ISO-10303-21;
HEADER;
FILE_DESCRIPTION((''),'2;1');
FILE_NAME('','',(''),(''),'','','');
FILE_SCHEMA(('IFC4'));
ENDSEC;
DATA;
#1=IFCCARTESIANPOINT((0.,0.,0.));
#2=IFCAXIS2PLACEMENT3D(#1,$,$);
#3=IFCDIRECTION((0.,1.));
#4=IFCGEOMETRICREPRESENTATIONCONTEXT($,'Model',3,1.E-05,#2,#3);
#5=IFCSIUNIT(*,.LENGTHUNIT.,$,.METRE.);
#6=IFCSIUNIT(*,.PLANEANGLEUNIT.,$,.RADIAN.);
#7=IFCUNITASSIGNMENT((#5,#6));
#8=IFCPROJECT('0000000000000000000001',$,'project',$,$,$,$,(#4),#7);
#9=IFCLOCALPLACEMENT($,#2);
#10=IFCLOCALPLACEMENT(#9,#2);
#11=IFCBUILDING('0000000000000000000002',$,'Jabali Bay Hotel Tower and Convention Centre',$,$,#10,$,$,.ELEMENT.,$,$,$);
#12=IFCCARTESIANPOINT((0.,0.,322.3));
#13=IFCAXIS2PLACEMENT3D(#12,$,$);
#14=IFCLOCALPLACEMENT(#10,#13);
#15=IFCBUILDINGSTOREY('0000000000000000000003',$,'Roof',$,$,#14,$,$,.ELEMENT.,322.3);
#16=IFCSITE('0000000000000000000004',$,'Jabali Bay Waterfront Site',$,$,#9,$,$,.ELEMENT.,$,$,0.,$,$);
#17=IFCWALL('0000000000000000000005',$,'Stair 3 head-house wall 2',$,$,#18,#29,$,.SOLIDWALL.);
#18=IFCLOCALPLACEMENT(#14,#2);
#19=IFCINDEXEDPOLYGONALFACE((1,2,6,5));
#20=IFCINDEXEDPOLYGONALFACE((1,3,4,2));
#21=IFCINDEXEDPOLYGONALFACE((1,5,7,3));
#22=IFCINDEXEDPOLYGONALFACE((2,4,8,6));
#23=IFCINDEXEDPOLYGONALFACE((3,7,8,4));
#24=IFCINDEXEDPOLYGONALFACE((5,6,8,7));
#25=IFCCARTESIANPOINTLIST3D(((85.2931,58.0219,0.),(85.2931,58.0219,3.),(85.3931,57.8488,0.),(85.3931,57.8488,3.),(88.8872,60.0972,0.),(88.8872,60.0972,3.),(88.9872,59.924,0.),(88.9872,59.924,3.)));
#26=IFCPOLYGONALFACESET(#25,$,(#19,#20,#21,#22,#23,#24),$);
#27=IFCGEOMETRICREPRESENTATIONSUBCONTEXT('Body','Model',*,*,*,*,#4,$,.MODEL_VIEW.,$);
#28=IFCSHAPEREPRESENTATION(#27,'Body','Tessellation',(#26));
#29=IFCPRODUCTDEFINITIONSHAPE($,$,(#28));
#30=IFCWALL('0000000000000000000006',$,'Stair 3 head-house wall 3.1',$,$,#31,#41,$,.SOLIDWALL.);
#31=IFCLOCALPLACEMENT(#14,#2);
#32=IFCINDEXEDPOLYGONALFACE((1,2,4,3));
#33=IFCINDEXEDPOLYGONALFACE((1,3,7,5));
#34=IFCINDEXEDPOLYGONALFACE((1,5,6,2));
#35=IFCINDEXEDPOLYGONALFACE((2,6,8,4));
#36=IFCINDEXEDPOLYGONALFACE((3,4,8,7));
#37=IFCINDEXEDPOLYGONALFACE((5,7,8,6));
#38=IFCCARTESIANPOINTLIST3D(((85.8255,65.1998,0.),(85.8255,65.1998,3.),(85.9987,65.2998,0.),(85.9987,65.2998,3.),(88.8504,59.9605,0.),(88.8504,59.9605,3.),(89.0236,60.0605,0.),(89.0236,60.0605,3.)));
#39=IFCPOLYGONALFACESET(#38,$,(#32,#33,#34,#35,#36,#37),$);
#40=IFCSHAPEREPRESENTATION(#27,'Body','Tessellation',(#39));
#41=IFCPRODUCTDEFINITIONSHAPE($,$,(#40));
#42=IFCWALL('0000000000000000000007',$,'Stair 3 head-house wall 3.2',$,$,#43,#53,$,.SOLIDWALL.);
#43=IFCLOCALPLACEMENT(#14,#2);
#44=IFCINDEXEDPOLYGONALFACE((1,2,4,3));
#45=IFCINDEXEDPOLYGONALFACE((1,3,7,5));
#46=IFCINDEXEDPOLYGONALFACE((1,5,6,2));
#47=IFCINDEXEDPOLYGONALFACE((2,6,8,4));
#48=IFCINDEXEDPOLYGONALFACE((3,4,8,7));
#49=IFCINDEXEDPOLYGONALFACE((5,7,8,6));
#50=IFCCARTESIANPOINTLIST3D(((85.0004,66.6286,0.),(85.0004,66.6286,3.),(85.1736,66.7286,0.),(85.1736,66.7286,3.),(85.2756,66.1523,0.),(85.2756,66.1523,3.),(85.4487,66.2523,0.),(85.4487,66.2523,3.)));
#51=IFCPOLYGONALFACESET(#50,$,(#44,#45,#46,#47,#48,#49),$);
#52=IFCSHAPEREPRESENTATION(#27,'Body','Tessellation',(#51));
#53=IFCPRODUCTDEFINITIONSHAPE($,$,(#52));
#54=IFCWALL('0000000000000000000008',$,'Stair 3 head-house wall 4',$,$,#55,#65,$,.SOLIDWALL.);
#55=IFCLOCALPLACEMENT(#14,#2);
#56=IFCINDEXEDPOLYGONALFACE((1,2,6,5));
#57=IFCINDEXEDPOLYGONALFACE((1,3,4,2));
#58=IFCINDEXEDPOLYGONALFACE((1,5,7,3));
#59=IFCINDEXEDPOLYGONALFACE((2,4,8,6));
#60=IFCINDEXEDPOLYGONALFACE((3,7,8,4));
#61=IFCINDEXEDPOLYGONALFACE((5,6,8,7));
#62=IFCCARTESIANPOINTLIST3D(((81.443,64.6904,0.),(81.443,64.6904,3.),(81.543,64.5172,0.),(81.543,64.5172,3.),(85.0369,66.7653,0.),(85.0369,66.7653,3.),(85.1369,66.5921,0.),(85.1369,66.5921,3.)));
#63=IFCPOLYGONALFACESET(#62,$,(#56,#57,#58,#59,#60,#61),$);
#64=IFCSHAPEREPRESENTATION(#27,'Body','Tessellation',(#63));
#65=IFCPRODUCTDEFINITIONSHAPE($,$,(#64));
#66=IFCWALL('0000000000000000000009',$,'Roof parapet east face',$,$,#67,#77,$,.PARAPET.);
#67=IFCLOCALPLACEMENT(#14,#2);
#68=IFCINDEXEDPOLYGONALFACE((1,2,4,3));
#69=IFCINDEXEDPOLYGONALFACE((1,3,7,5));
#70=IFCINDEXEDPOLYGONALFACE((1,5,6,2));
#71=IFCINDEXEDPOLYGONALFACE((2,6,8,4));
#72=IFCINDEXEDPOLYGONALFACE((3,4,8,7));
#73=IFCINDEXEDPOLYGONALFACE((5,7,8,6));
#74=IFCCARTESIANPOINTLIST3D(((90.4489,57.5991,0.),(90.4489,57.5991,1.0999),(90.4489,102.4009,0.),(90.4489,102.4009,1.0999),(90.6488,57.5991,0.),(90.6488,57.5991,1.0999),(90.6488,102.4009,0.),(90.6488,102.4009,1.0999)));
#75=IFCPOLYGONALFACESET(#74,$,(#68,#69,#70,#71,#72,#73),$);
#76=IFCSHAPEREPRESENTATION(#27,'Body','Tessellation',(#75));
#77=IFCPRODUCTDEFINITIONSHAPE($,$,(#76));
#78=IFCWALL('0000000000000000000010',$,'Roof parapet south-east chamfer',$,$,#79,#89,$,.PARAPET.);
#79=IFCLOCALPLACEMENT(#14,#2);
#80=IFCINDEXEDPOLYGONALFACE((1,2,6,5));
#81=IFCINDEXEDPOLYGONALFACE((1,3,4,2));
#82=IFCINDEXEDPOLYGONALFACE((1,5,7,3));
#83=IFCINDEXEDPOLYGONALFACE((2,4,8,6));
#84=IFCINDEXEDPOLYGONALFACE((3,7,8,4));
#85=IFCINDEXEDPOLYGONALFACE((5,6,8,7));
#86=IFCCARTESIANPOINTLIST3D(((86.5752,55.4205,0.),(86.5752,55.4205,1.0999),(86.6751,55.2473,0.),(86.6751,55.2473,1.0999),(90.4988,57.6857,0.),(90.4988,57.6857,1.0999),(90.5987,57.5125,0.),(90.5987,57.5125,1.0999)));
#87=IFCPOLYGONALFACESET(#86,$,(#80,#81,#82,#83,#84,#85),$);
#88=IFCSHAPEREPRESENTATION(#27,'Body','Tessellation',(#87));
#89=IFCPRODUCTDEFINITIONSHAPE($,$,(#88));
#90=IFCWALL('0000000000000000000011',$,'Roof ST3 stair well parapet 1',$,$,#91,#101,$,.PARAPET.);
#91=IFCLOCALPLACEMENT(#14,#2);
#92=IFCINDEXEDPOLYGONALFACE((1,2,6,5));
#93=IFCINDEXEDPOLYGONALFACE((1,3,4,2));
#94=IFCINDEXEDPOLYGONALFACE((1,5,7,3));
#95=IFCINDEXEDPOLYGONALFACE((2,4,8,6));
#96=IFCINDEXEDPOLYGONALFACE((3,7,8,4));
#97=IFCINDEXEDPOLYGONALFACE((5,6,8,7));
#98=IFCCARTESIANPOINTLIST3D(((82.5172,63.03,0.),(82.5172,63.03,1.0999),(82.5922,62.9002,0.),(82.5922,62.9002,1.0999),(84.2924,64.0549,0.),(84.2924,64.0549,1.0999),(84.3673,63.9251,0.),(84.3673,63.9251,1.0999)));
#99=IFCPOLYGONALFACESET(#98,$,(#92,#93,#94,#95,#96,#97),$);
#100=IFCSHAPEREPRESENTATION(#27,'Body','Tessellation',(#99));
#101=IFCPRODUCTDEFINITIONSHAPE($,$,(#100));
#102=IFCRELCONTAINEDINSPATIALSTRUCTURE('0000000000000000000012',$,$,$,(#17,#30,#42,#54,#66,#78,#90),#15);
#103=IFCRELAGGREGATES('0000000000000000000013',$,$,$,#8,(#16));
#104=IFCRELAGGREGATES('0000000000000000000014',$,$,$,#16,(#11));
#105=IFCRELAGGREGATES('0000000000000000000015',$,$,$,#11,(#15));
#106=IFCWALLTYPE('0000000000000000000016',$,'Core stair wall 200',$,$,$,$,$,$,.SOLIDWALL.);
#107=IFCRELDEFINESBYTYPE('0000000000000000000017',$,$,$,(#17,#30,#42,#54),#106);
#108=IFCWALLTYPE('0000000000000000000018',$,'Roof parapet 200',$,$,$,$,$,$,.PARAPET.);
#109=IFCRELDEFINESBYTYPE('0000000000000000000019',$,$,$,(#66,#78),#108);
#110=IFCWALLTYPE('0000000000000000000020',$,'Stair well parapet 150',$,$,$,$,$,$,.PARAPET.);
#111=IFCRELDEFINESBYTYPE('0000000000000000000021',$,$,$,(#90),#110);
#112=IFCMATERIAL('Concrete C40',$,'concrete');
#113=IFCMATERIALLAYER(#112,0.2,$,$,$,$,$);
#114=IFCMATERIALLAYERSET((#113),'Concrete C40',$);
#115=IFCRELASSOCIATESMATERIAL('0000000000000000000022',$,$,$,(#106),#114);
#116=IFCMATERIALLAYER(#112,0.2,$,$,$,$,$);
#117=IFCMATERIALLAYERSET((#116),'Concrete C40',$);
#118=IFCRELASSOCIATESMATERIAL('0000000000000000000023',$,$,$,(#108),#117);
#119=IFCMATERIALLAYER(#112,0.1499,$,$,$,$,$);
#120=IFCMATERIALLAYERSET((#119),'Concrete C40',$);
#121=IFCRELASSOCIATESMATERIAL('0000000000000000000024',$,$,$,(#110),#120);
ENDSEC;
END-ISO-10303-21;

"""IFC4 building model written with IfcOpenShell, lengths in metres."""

from ifc_helpers import new_model, si_unit, direction, frame, frame_2d, origin, place, context, subcontext, project, spatial, rectangle, extrude, material, layer, layer_set, type_object, element, save


model = new_model("IFC4")

# Units and contexts
model_context = context("Model", 3, precision=1e-05, world=origin(), true_north=direction((0.0, 1.0)))
body_context = subcontext(model_context, "Body", "Model", "MODEL_VIEW")
ifc_project = project(units=[si_unit("LENGTHUNIT", "METRE"), si_unit("PLANEANGLEUNIT", "RADIAN")], contexts=[model_context])

# Site, building, storey
site_placement = place(None, origin())
site = spatial("IfcSite", under=ifc_project, at=site_placement, Name="Jabali Bay Waterfront Site", CompositionType="ELEMENT", RefElevation=0.0)
building_placement = place(site_placement, origin())
building = spatial("IfcBuilding", under=site, at=building_placement, Name="Jabali Bay Hotel Tower and Convention Centre", CompositionType="ELEMENT")
storey_placement = place(building_placement, frame((0.0, 0.0, 322.3)))
storey = spatial("IfcBuildingStorey", under=building, at=storey_placement, Name="Roof", CompositionType="ELEMENT", Elevation=322.3)

# Shared definitions
ifc_material_1 = material(Name="Concrete C40", Category="concrete")

# Walls
ifc_layer_1 = layer(ifc_material_1, 0.2)
ifc_layer_set_1 = layer_set([ifc_layer_1], Name="Concrete C40")
wall_type_1 = type_object("IfcWallType", Name="Core stair wall 200", PredefinedType="SOLIDWALL", material=ifc_layer_set_1)
wall_1_placement = place(storey_placement, frame((85.343, 57.9353, 0.0), z_axis=(0.0, 0.0, 1.0), x_axis=(0.866004, 0.500036, 0.0)))
element("IfcWall", 1, at=wall_1_placement, inside=storey, type_object=wall_type_1, Name="Stair 3 head-house wall 2", PredefinedType="SOLIDWALL", context=body_context, shape_type="SweptSolid", body=[
    extrude(rectangle(XDim=4.1501, YDim=0.2, at=frame_2d((2.0752, 0.0))), origin(), (0.0, 0.0, 1.0), 3.0),
])
wall_2_placement = place(storey_placement, frame((88.937, 60.0105, 0.0), z_axis=(0.0, 0.0, 1.0), x_axis=(-0.500002, 0.866024, 0.0)))
element("IfcWall", 2, at=wall_2_placement, inside=storey, type_object=wall_type_1, Name="Stair 3 head-house wall 3.1", PredefinedType="SOLIDWALL", context=body_context, shape_type="SweptSolid", body=[
    extrude(rectangle(XDim=6.0498, YDim=0.2, at=frame_2d((3.0249, 0.0))), origin(), (0.0, 0.0, 1.0), 3.0),
])
wall_3_placement = place(storey_placement, frame((85.3621, 66.2024, 0.0), z_axis=(0.0, 0.0, 1.0), x_axis=(-0.500196, 0.865912, 0.0)))
element("IfcWall", 3, at=wall_3_placement, inside=storey, type_object=wall_type_1, Name="Stair 3 head-house wall 3.2", PredefinedType="SOLIDWALL", context=body_context, shape_type="SweptSolid", body=[
    extrude(rectangle(XDim=0.55, YDim=0.2, at=frame_2d((0.2749, 0.0))), origin(), (0.0, 0.0, 1.0), 3.0),
])
wall_4_placement = place(storey_placement, frame((85.0869, 66.6787, 0.0), z_axis=(0.0, 0.0, 1.0), x_axis=(-0.86603, -0.499992, 0.0)))
element("IfcWall", 4, at=wall_4_placement, inside=storey, type_object=wall_type_1, Name="Stair 3 head-house wall 4", PredefinedType="SOLIDWALL", context=body_context, shape_type="SweptSolid", body=[
    extrude(rectangle(XDim=4.1499, YDim=0.2, at=frame_2d((2.075, 0.0))), origin(), (0.0, 0.0, 1.0), 3.0),
])
ifc_layer_2 = layer(ifc_material_1, 0.2)
ifc_layer_set_2 = layer_set([ifc_layer_2], Name="Concrete C40")
wall_type_2 = type_object("IfcWallType", Name="Roof parapet 200", PredefinedType="PARAPET", material=ifc_layer_set_2)
wall_5_placement = place(storey_placement, frame((90.5488, 57.5991, 0.0), z_axis=(0.0, 0.0, 1.0), x_axis=(0.0, 1.0, 0.0)))
element("IfcWall", 5, at=wall_5_placement, inside=storey, type_object=wall_type_2, Name="Roof parapet east face", PredefinedType="PARAPET", context=body_context, shape_type="SweptSolid", body=[
    extrude(rectangle(XDim=44.8018, YDim=0.2, at=frame_2d((22.4009, 0.0))), origin(), (0.0, 0.0, 1.0), 1.0999),
])
wall_6_placement = place(storey_placement, frame((86.6252, 55.334, 0.0), z_axis=(0.0, 0.0, 1.0), x_axis=(0.866039, 0.499976, 0.0)))
element("IfcWall", 6, at=wall_6_placement, inside=storey, type_object=wall_type_2, Name="Roof parapet south-east chamfer", PredefinedType="PARAPET", context=body_context, shape_type="SweptSolid", body=[
    extrude(rectangle(XDim=4.5305, YDim=0.2, at=frame_2d((2.2651, 0.0))), origin(), (0.0, 0.0, 1.0), 1.0999),
])
ifc_layer_3 = layer(ifc_material_1, 0.1499)
ifc_layer_set_3 = layer_set([ifc_layer_3], Name="Concrete C40")
wall_type_3 = type_object("IfcWallType", Name="Stair well parapet 150", PredefinedType="PARAPET", material=ifc_layer_set_3)
wall_7_placement = place(storey_placement, frame((82.5547, 62.9651, 0.0), z_axis=(0.0, 0.0, 1.0), x_axis=(0.866021, 0.500008, 0.0)))
element("IfcWall", 7, at=wall_7_placement, inside=storey, type_object=wall_type_3, Name="Roof ST3 stair well parapet 1", PredefinedType="PARAPET", context=body_context, shape_type="SweptSolid", body=[
    extrude(rectangle(XDim=2.0498, YDim=0.1499, at=frame_2d((1.0249, 0.0))), origin(), (0.0, 0.0, 1.0), 1.0999),
])

save(model, "model.ifc")
